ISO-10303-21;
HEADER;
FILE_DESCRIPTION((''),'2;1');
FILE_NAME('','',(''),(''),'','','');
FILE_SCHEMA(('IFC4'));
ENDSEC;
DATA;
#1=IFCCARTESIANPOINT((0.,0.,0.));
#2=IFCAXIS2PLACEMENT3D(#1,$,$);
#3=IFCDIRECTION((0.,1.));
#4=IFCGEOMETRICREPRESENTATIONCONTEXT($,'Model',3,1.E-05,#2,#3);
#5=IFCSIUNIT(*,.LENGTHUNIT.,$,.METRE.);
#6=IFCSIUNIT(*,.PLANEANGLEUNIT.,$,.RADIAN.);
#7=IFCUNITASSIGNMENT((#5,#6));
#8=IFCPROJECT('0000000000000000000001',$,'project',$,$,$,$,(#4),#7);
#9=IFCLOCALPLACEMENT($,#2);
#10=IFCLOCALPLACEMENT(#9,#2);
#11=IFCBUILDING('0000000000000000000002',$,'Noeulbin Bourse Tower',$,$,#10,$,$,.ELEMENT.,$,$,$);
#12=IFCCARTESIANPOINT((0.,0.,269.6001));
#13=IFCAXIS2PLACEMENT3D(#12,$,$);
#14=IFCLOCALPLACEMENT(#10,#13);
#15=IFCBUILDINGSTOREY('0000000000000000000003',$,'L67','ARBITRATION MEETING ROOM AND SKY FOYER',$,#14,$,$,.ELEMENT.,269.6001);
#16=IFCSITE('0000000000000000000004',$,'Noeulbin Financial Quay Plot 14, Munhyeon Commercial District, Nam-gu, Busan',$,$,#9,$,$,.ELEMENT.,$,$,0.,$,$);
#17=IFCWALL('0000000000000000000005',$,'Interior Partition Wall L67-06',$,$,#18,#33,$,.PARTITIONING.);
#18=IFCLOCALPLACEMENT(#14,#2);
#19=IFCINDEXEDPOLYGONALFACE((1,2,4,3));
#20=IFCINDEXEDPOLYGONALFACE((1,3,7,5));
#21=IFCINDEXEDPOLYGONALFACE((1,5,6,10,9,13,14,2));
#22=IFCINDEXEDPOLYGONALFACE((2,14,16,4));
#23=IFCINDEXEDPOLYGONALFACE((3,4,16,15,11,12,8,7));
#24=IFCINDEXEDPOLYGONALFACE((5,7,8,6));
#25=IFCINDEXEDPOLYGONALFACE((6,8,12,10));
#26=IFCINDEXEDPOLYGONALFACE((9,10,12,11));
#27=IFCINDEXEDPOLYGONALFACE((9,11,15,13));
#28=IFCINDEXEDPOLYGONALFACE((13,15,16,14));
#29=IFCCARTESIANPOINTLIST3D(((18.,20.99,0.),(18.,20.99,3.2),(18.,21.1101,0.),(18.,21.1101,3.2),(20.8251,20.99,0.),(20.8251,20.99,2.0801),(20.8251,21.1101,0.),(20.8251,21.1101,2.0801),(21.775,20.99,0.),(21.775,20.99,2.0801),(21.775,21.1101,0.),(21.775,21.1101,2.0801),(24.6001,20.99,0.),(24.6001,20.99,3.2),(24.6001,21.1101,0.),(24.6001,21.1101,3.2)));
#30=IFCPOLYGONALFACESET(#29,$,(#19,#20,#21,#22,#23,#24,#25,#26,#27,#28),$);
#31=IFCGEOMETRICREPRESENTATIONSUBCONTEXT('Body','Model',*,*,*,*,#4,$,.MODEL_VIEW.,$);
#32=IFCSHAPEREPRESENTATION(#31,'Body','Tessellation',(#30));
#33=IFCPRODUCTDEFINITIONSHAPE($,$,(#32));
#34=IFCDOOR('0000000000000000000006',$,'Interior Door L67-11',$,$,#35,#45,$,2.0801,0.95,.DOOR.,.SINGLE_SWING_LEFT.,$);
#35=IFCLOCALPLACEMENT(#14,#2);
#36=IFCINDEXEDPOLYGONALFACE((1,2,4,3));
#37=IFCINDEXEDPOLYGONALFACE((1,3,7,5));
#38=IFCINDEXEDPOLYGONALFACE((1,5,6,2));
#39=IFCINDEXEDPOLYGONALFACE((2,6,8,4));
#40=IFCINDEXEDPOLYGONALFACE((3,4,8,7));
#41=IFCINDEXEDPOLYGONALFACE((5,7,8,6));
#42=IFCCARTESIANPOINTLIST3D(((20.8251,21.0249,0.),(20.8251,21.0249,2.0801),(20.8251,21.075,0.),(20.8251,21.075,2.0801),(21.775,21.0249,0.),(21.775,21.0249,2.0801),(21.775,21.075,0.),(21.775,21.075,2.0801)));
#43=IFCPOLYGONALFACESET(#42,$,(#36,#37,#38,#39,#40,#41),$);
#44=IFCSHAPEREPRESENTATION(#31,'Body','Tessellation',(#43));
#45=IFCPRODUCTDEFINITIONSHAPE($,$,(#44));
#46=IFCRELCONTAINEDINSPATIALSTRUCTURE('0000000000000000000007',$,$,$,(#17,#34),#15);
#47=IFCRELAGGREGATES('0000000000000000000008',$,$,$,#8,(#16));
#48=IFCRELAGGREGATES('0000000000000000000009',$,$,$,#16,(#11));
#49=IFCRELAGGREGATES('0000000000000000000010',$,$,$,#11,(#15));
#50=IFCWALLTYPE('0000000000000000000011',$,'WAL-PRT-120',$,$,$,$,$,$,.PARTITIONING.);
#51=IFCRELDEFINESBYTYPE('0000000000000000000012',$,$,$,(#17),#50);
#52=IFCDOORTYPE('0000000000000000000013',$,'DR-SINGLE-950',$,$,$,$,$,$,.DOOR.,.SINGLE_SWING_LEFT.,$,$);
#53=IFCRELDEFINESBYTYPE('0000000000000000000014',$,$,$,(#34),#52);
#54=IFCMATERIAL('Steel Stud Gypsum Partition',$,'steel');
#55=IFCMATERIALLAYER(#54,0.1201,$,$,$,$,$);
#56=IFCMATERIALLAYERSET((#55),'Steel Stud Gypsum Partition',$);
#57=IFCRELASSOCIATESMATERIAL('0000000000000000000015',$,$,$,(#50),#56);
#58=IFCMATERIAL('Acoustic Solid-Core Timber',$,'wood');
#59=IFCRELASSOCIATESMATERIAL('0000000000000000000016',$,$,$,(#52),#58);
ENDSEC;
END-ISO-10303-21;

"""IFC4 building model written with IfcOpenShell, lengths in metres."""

from ifc_helpers import new_model, si_unit, direction, frame, frame_2d, origin, place, context, subcontext, project, spatial, rectangle, extrude, material, layer, layer_set, type_object, element, fill, save


model = new_model("IFC4")

# Units and contexts
model_context = context("Model", 3, precision=1e-05, world=origin(), true_north=direction((0.0, 1.0)))
body_context = subcontext(model_context, "Body", "Model", "MODEL_VIEW")
ifc_project = project(units=[si_unit("LENGTHUNIT", "METRE"), si_unit("PLANEANGLEUNIT", "RADIAN")], contexts=[model_context])

# Site, building, storey
site_placement = place(None, origin())
site = spatial("IfcSite", under=ifc_project, at=site_placement, Name="Noeulbin Financial Quay Plot 14, Munhyeon Commercial District, Nam-gu, Busan", CompositionType="ELEMENT", RefElevation=0.0)
building_placement = place(site_placement, origin())
building = spatial("IfcBuilding", under=site, at=building_placement, Name="Noeulbin Bourse Tower", CompositionType="ELEMENT")
storey_placement = place(building_placement, frame((0.0, 0.0, 269.6001)))
storey = spatial("IfcBuildingStorey", under=building, at=storey_placement, Name="L67", Description="ARBITRATION MEETING ROOM AND SKY FOYER", CompositionType="ELEMENT", Elevation=269.6001)

# Wall, opening, door
ifc_material_1 = material(Name="Steel Stud Gypsum Partition", Category="steel")
ifc_layer_1 = layer(ifc_material_1, 0.1201)
ifc_layer_set_1 = layer_set([ifc_layer_1], Name="Steel Stud Gypsum Partition")
wall_type_1 = type_object("IfcWallType", Name="WAL-PRT-120", PredefinedType="PARTITIONING", material=ifc_layer_set_1)
wall_1_placement = place(storey_placement, frame((18.0, 21.05, 0.0), z_axis=(0.0, 0.0, 1.0), x_axis=(1.0, 0.0, 0.0)))
wall_1 = element("IfcWall", 1, at=wall_1_placement, inside=storey, type_object=wall_type_1, Name="Interior Partition Wall L67-06", PredefinedType="PARTITIONING", context=body_context, shape_type="SweptSolid", body=[
    extrude(rectangle(XDim=6.6001, YDim=0.1201, at=frame_2d((3.3, 0.0))), origin(), (0.0, 0.0, 1.0), 3.2),
])
opening_1_placement = place(wall_1_placement, frame((2.825, 0.0, 0.0)))
opening_1 = element("IfcOpeningElement", 2, at=opening_1_placement, cuts=wall_1, PredefinedType="OPENING", context=body_context, shape_type="SweptSolid", body=[
    extrude(rectangle(XDim=0.95, YDim=2.0801, at=frame_2d((0.4751, 1.04))), frame((0.0, 0.0701, 0.0), z_axis=(0.0, -1.0, 0.0), x_axis=(1.0, 0.0, 0.0)), (0.0, 0.0, 1.0), 0.1401),
])
ifc_material_2 = material(Name="Acoustic Solid-Core Timber", Category="wood")
door_type_1 = type_object("IfcDoorType", Name="DR-SINGLE-950", OperationType="SINGLE_SWING_LEFT", PredefinedType="DOOR", material=ifc_material_2)
door_1_placement = place(opening_1_placement, origin())
door_1 = element("IfcDoor", 3, at=door_1_placement, inside=storey, type_object=door_type_1, Name="Interior Door L67-11", OperationType="SINGLE_SWING_LEFT", OverallHeight=2.0801, OverallWidth=0.95, PredefinedType="DOOR", context=body_context, shape_type="SweptSolid", body=[
    extrude(rectangle(XDim=0.95, YDim=2.0801, at=frame_2d((0.4751, 1.04))), frame((0.0, 0.0249, 0.0), z_axis=(0.0, -1.0, 0.0), x_axis=(1.0, 0.0, 0.0)), (0.0, 0.0, 1.0), 0.05),
])
fill(opening_1, door_1)

save(model, "model.ifc")
